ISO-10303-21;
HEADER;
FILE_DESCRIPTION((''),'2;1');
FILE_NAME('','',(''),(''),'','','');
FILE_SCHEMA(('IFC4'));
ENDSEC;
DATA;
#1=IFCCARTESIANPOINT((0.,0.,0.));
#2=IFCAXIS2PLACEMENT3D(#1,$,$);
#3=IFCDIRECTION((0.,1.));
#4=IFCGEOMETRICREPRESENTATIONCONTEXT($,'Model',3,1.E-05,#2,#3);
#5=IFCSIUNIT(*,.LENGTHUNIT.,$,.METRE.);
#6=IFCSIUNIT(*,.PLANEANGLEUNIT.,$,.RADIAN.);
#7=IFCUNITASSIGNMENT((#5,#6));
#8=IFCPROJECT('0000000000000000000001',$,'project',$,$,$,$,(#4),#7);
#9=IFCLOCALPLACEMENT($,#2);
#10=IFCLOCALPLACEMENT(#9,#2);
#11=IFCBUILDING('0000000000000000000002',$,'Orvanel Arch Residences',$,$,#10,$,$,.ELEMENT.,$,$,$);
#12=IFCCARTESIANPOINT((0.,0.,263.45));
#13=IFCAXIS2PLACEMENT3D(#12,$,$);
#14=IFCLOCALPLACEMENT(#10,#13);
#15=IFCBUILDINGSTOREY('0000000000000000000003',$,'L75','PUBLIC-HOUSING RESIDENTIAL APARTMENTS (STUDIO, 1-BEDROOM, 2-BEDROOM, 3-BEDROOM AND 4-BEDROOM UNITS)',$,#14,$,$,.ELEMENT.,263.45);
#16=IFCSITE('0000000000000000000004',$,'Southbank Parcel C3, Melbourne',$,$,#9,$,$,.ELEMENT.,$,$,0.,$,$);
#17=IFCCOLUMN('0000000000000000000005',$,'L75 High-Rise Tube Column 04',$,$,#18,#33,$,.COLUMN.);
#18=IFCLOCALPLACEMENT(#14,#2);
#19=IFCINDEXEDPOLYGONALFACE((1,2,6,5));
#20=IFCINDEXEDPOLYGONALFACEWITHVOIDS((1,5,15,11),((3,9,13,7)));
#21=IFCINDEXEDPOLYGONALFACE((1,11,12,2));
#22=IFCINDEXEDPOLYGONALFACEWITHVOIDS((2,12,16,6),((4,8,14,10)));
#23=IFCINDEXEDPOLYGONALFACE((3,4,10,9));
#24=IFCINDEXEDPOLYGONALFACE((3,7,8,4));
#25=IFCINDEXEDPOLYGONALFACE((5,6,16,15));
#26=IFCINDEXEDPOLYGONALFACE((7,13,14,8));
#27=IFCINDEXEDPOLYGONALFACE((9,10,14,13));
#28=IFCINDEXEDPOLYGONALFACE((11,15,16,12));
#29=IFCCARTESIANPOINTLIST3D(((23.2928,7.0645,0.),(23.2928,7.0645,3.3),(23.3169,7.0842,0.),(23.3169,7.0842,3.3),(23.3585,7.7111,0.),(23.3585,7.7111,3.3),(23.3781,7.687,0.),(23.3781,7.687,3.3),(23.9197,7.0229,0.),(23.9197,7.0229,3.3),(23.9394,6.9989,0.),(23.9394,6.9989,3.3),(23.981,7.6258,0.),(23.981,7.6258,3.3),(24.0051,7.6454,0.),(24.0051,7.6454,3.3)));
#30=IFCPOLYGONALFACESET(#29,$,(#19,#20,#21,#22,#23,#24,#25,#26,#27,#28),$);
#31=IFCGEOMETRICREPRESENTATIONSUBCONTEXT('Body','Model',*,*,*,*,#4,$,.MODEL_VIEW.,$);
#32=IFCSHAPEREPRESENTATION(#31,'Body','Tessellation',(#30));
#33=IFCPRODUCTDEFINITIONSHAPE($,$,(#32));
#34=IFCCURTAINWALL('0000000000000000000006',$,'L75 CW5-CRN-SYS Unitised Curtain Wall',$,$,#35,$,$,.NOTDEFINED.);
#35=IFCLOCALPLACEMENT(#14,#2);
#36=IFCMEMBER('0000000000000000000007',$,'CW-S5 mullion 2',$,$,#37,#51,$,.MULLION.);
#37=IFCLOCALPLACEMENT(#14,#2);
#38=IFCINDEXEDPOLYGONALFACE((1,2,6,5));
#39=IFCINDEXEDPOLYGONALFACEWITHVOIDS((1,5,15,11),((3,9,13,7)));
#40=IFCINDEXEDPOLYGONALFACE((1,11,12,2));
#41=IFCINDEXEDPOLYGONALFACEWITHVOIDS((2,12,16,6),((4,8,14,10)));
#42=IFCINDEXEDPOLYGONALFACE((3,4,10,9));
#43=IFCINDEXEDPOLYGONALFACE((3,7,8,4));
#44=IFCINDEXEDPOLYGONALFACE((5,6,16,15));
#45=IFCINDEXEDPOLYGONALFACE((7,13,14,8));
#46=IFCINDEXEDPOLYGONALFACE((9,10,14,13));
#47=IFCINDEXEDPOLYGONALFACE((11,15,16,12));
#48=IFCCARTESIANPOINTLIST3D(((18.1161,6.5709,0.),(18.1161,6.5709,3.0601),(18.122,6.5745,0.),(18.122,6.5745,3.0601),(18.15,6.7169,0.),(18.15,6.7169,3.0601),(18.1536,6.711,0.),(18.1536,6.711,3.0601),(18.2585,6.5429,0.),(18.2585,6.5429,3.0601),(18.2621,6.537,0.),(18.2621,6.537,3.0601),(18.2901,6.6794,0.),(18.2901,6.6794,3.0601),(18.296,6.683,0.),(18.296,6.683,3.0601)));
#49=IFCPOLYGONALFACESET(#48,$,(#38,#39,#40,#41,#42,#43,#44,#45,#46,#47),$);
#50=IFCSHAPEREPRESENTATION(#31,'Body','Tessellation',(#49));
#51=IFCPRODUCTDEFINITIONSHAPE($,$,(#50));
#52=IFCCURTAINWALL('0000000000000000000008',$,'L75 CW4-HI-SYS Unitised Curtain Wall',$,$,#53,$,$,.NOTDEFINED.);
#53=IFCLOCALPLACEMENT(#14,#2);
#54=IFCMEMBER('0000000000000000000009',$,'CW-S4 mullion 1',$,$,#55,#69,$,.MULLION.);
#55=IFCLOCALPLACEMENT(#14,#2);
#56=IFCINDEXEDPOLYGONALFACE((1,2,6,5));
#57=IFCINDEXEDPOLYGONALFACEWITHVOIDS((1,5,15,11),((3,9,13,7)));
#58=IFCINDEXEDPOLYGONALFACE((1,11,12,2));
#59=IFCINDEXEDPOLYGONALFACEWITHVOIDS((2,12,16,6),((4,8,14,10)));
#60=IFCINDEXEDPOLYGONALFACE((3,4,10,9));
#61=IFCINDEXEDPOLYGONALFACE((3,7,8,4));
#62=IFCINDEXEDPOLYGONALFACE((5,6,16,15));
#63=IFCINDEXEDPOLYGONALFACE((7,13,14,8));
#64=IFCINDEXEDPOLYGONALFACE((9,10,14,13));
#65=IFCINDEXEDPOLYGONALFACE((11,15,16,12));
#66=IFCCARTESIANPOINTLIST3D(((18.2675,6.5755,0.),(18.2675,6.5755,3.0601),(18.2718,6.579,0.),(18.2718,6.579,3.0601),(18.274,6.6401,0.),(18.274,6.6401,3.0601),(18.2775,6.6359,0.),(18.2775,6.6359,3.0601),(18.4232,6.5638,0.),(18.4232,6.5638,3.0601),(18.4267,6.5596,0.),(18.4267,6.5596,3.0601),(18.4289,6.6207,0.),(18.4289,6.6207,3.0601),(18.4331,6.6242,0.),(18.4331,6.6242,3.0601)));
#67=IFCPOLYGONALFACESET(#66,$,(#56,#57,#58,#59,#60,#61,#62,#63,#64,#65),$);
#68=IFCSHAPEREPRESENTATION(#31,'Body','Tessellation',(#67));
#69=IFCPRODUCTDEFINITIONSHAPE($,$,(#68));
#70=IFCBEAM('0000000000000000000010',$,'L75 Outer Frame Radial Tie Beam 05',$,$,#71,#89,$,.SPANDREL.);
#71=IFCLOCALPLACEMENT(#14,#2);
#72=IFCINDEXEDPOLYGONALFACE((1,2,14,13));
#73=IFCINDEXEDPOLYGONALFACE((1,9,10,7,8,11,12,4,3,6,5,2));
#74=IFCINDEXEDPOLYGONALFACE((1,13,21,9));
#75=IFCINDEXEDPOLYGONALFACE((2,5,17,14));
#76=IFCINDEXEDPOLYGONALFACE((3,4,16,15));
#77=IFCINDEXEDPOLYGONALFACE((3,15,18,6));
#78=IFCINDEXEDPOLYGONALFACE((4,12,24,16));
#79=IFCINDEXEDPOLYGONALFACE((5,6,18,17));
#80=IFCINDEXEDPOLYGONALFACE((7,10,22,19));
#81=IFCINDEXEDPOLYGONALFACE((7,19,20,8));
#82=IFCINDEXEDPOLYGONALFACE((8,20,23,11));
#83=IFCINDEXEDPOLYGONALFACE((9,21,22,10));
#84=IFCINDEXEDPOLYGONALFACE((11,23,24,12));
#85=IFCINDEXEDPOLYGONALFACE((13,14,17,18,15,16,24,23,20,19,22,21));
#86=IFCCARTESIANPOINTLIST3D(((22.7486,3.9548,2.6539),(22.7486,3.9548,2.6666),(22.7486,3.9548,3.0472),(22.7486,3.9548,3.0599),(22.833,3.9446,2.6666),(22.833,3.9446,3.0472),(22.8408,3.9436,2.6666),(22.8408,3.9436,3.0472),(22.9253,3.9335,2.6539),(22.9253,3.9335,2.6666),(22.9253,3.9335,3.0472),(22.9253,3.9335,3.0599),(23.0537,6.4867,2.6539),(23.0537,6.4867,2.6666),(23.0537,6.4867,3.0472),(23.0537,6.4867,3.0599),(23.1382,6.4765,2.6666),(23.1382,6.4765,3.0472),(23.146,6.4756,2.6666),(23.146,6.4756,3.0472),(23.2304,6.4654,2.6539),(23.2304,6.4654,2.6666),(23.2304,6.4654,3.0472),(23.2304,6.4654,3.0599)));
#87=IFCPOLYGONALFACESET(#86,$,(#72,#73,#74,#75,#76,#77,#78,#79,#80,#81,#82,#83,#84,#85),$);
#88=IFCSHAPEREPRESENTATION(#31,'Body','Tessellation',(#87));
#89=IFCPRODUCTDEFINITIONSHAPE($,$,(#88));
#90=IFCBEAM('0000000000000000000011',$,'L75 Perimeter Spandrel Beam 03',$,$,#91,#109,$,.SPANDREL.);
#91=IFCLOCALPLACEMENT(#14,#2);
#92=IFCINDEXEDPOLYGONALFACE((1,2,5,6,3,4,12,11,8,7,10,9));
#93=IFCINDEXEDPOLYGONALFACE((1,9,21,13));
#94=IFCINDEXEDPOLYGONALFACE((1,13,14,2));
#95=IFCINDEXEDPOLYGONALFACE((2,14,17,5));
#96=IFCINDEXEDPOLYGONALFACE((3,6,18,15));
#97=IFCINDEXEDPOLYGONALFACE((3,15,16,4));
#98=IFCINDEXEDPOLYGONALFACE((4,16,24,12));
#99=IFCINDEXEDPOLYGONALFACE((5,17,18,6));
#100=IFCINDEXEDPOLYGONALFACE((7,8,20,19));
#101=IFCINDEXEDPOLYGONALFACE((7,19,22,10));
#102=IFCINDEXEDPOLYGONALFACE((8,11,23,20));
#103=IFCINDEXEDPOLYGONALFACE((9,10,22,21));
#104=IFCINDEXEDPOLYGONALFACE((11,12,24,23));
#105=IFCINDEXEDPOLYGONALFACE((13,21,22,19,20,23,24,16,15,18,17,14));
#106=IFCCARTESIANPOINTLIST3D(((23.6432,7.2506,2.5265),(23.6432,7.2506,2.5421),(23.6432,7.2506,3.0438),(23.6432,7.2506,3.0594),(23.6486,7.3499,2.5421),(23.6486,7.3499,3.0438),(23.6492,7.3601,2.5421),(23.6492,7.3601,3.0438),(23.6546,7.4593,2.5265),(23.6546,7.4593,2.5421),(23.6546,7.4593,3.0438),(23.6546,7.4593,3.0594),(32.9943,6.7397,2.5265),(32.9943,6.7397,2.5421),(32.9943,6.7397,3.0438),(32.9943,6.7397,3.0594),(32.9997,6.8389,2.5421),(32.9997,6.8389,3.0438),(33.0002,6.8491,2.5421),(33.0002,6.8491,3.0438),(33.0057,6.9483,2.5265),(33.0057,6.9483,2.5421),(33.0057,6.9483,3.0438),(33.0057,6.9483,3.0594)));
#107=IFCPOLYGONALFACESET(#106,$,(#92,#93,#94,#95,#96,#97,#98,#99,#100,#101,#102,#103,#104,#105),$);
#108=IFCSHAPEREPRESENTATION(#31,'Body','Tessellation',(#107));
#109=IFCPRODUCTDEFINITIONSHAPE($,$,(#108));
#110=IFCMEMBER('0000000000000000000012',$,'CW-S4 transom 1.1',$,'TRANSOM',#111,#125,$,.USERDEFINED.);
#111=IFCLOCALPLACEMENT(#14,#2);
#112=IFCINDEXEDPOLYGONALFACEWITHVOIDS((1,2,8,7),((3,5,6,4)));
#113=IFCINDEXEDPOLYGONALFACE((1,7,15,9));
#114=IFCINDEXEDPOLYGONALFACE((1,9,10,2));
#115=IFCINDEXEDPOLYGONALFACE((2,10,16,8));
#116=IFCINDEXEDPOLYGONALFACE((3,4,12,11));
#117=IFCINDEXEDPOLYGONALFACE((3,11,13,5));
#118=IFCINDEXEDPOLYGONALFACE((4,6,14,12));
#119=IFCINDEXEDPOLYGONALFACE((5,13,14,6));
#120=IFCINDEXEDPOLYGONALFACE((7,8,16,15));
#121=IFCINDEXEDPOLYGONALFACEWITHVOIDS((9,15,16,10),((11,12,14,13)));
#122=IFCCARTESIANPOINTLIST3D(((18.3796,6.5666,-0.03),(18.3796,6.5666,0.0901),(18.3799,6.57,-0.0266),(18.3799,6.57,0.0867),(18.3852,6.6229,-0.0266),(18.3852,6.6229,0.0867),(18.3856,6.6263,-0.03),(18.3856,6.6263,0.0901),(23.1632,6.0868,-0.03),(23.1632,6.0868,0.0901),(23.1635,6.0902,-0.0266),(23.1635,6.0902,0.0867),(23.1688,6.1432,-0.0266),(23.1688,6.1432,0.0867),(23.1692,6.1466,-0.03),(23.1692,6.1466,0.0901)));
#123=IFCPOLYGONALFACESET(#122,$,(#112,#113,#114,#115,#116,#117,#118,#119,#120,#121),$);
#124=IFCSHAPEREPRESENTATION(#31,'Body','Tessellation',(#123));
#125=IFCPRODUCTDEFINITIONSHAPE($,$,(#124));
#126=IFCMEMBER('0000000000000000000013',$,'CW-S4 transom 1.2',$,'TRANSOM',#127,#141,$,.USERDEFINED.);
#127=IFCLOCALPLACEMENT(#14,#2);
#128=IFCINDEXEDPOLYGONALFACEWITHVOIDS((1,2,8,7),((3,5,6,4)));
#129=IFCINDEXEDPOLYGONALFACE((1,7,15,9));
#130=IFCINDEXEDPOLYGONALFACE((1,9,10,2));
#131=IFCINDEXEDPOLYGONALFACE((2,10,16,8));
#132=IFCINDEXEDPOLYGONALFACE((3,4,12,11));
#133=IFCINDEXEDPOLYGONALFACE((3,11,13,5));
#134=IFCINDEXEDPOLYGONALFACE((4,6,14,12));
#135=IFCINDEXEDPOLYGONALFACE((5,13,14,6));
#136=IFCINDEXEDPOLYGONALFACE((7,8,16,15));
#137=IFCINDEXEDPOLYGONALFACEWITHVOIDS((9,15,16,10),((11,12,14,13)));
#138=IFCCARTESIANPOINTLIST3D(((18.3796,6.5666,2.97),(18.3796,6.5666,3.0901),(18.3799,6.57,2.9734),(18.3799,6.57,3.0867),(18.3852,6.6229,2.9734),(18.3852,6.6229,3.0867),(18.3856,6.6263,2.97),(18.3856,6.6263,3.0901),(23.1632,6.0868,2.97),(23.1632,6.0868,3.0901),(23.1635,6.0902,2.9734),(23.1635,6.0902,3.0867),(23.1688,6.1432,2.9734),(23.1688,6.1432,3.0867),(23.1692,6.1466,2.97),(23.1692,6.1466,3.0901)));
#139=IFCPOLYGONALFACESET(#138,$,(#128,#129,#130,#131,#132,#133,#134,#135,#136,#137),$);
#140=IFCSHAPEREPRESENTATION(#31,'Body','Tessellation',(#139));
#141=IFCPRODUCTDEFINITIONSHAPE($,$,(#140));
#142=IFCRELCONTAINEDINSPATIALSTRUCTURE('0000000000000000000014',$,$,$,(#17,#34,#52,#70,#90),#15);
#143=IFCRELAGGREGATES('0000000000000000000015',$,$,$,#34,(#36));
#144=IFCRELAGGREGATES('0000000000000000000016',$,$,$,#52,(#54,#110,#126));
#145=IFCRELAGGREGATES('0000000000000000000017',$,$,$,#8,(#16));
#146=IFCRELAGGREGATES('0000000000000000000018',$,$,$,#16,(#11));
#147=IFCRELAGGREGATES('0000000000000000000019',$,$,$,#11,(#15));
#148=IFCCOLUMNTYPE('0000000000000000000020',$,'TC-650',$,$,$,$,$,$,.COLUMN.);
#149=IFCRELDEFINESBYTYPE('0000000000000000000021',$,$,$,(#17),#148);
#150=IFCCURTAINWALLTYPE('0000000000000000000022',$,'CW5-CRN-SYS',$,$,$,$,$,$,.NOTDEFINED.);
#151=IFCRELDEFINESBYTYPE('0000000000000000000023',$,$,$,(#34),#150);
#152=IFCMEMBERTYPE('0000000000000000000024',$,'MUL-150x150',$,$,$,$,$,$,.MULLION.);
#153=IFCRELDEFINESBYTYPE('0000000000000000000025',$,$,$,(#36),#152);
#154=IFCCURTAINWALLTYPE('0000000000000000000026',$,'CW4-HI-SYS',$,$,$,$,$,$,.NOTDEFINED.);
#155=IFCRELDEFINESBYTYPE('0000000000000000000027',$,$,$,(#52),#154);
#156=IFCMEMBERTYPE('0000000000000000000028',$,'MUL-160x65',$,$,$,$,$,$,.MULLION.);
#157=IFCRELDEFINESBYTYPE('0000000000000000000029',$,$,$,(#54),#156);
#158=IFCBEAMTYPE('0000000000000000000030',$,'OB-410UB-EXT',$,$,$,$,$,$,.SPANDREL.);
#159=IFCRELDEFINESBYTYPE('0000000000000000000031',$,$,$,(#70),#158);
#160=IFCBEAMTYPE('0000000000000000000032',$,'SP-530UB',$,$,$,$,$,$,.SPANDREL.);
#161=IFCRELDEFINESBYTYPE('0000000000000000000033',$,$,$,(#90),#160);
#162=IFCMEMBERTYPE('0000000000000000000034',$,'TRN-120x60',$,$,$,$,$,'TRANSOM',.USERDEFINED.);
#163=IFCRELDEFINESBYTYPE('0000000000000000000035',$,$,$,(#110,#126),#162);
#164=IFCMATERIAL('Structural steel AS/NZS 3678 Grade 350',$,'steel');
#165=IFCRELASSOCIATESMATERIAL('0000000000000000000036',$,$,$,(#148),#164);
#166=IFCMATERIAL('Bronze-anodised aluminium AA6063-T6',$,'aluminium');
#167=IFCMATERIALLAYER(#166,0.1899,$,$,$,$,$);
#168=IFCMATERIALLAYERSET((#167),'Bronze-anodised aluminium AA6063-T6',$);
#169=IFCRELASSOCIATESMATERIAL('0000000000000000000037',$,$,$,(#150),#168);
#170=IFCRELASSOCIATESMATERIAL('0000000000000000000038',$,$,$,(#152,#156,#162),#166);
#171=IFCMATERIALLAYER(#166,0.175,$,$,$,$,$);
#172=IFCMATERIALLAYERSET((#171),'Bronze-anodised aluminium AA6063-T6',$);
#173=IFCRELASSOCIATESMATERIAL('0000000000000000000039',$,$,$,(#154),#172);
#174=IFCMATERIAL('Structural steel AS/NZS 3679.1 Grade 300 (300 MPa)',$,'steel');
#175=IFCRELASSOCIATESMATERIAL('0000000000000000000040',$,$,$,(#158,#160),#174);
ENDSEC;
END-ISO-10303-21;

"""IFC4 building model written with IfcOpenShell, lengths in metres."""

from ifc_helpers import new_model, si_unit, direction, frame, origin, origin_2d, place, context, subcontext, project, spatial, hollow_rectangle, i_section, extrude, material, layer, layer_set, material_profile, profile_set, type_object, element, aggregate, save


model = new_model("IFC4")

# Units and contexts
model_context = context("Model", 3, precision=1e-05, world=origin(), true_north=direction((0.0, 1.0)))
body_context = subcontext(model_context, "Body", "Model", "MODEL_VIEW")
ifc_project = project(units=[si_unit("LENGTHUNIT", "METRE"), si_unit("PLANEANGLEUNIT", "RADIAN")], contexts=[model_context])

# Site, building, storey
site_placement = place(None, origin())
site = spatial("IfcSite", under=ifc_project, at=site_placement, Name="Southbank Parcel C3, Melbourne", CompositionType="ELEMENT", RefElevation=0.0)
building_placement = place(site_placement, origin())
building = spatial("IfcBuilding", under=site, at=building_placement, Name="Orvanel Arch Residences", CompositionType="ELEMENT")
storey_placement = place(building_placement, frame((0.0, 0.0, 263.45)))
storey = spatial("IfcBuildingStorey", under=building, at=storey_placement, Name="L75", Description="PUBLIC-HOUSING RESIDENTIAL APARTMENTS (STUDIO, 1-BEDROOM, 2-BEDROOM, 3-BEDROOM AND 4-BEDROOM UNITS)", CompositionType="ELEMENT", Elevation=263.45)

# Column
ifc_material_1 = material(Name="Structural steel AS/NZS 3678 Grade 350", Category="steel")
ifc_material_profile_1 = material_profile(ifc_material_1, hollow_rectangle(XDim=0.6499, YDim=0.6499, WallThickness=0.022, at=origin_2d()), Name="BOX650x650x22")
ifc_profile_set_1 = profile_set([ifc_material_profile_1], Name="Structural steel AS/NZS 3678 Grade 350")
column_type = type_object("IfcColumnType", Name="TC-650", PredefinedType="COLUMN", material=ifc_profile_set_1)
column_placement = place(storey_placement, frame((23.6489, 7.355, 0.0), z_axis=(0.0, 0.0, 1.0), x_axis=(-0.994881, 0.101056, 0.0)))
element("IfcColumn", 1, at=column_placement, inside=storey, type_object=column_type, Name="L75 High-Rise Tube Column 04", PredefinedType="COLUMN", context=body_context, shape_type="SweptSolid", body=[
    extrude(hollow_rectangle(XDim=0.6499, YDim=0.6499, WallThickness=0.022, at=origin_2d()), origin(), (0.0, 0.0, 1.0), 3.3),
])

# Curtain walls, members
ifc_material_2 = material(Name="Bronze-anodised aluminium AA6063-T6", Category="aluminium")
ifc_layer_1 = layer(ifc_material_2, 0.1899)
ifc_layer_set_1 = layer_set([ifc_layer_1], Name="Bronze-anodised aluminium AA6063-T6")
curtain_wall_type_1 = type_object("IfcCurtainWallType", Name="CW5-CRN-SYS", PredefinedType="NOTDEFINED", material=ifc_layer_set_1)
curtain_wall_1_placement = place(storey_placement, origin())
curtain_wall_1 = element("IfcCurtainWall", 2, at=curtain_wall_1_placement, inside=storey, type_object=curtain_wall_type_1, Name="L75 CW5-CRN-SYS Unitised Curtain Wall", PredefinedType="NOTDEFINED")
ifc_material_profile_2 = material_profile(ifc_material_2, hollow_rectangle(XDim=0.1499, YDim=0.1499, WallThickness=0.0049, at=origin_2d()), Name="ALU150x150x5")
ifc_profile_set_2 = profile_set([ifc_material_profile_2], Name="Bronze-anodised aluminium AA6063-T6")
member_type_1 = type_object("IfcMemberType", Name="MUL-150x150", PredefinedType="MULLION", material=ifc_profile_set_2)
member_1_placement = place(storey_placement, frame((18.2061, 6.627, 0.0), z_axis=(0.0, 0.0, 1.0), x_axis=(0.22592, 0.974146, 0.0)))
member_1 = element("IfcMember", 3, at=member_1_placement, type_object=member_type_1, Name="CW-S5 mullion 2", PredefinedType="MULLION", context=body_context, shape_type="SweptSolid", body=[
    extrude(hollow_rectangle(XDim=0.1499, YDim=0.1499, WallThickness=0.0049, at=origin_2d()), origin(), (0.0, 0.0, 1.0), 3.0601),
])
aggregate(curtain_wall_1, [member_1])
ifc_layer_2 = layer(ifc_material_2, 0.175)
ifc_layer_set_2 = layer_set([ifc_layer_2], Name="Bronze-anodised aluminium AA6063-T6")
curtain_wall_type_2 = type_object("IfcCurtainWallType", Name="CW4-HI-SYS", PredefinedType="NOTDEFINED", material=ifc_layer_set_2)
curtain_wall_2_placement = place(storey_placement, origin())
curtain_wall_2 = element("IfcCurtainWall", 4, at=curtain_wall_2_placement, inside=storey, type_object=curtain_wall_type_2, Name="L75 CW4-HI-SYS Unitised Curtain Wall", PredefinedType="NOTDEFINED")
ifc_material_profile_3 = material_profile(ifc_material_2, hollow_rectangle(XDim=0.0649, YDim=0.1599, WallThickness=0.0039, at=origin_2d()), Name="ALU160x65x4")
ifc_profile_set_3 = profile_set([ifc_material_profile_3], Name="Bronze-anodised aluminium AA6063-T6")
member_type_2 = type_object("IfcMemberType", Name="MUL-160x65", PredefinedType="MULLION", material=ifc_profile_set_3)
member_2_placement = place(storey_placement, frame((18.3503, 6.5999, 0.0), z_axis=(0.0, 0.0, 1.0), x_axis=(0.099796, 0.995008, 0.0)))
member_2 = element("IfcMember", 5, at=member_2_placement, type_object=member_type_2, Name="CW-S4 mullion 1", PredefinedType="MULLION", context=body_context, shape_type="SweptSolid", body=[
    extrude(hollow_rectangle(XDim=0.0649, YDim=0.1599, WallThickness=0.0039, at=origin_2d()), origin(), (0.0, 0.0, 1.0), 3.0601),
])

# Beams
ifc_material_3 = material(Name="Structural steel AS/NZS 3679.1 Grade 300 (300 MPa)", Category="steel")
ifc_material_profile_4 = material_profile(ifc_material_3, i_section(OverallWidth=0.178, OverallDepth=0.406, WebThickness=0.0078, FlangeThickness=0.0127, at=origin_2d()), Name="410UB59.7")
ifc_profile_set_4 = profile_set([ifc_material_profile_4], Name="Structural steel AS/NZS 3679.1 Grade 300 (300 MPa)")
beam_type_1 = type_object("IfcBeamType", Name="OB-410UB-EXT", PredefinedType="SPANDREL", material=ifc_profile_set_4)
beam_1_placement = place(storey_placement, frame((23.1421, 6.4761, 2.8569), z_axis=(-0.119662, -0.992815, 0.0), x_axis=(0.992815, -0.119662, 0.0)))
element("IfcBeam", 6, at=beam_1_placement, inside=storey, type_object=beam_type_1, Name="L75 Outer Frame Radial Tie Beam 05", PredefinedType="SPANDREL", context=body_context, shape_type="SweptSolid", body=[
    extrude(i_section(OverallWidth=0.178, OverallDepth=0.406, WebThickness=0.0078, FlangeThickness=0.0127, at=origin_2d()), origin(), (0.0, 0.0, 1.0), 2.5503),
])
ifc_material_profile_5 = material_profile(ifc_material_3, i_section(OverallWidth=0.209, OverallDepth=0.533, WebThickness=0.0103, FlangeThickness=0.0156, at=origin_2d()), Name="530UB92.4")
ifc_profile_set_5 = profile_set([ifc_material_profile_5], Name="Structural steel AS/NZS 3679.1 Grade 300 (300 MPa)")
beam_type_2 = type_object("IfcBeamType", Name="SP-530UB", PredefinedType="SPANDREL", material=ifc_profile_set_5)
beam_2_placement = place(storey_placement, frame((23.6489, 7.355, 2.793), z_axis=(0.99851, -0.054563, 0.0), x_axis=(0.054563, 0.99851, 0.0)))
element("IfcBeam", 7, at=beam_2_placement, inside=storey, type_object=beam_type_2, Name="L75 Perimeter Spandrel Beam 03", PredefinedType="SPANDREL", context=body_context, shape_type="SweptSolid", body=[
    extrude(i_section(OverallWidth=0.209, OverallDepth=0.533, WebThickness=0.0103, FlangeThickness=0.0156, at=origin_2d()), origin(), (0.0, 0.0, 1.0), 9.365),
])

# Members
ifc_material_profile_6 = material_profile(ifc_material_2, hollow_rectangle(XDim=0.0601, YDim=0.1201, WallThickness=0.0034, at=origin_2d()), Name="ALU120x60x3.5")
ifc_profile_set_6 = profile_set([ifc_material_profile_6], Name="Bronze-anodised aluminium AA6063-T6")
member_type_3 = type_object("IfcMemberType", Name="TRN-120x60", ElementType="TRANSOM", PredefinedType="USERDEFINED", material=ifc_profile_set_6)
member_3_placement = place(storey_placement, frame((18.3826, 6.5964, 0.03), z_axis=(0.995009, -0.099785, 0.0), x_axis=(0.099785, 0.995009, 0.0)))
member_3 = element("IfcMember", 8, at=member_3_placement, type_object=member_type_3, Name="CW-S4 transom 1.1", ObjectType="TRANSOM", PredefinedType="USERDEFINED", context=body_context, shape_type="SweptSolid", body=[
    extrude(hollow_rectangle(XDim=0.0601, YDim=0.1201, WallThickness=0.0034, at=origin_2d()), origin(), (0.0, 0.0, 1.0), 4.8076),
])
member_4_placement = place(storey_placement, frame((18.3826, 6.5964, 3.03), z_axis=(0.995009, -0.099785, 0.0), x_axis=(0.099785, 0.995009, 0.0)))
member_4 = element("IfcMember", 9, at=member_4_placement, type_object=member_type_3, Name="CW-S4 transom 1.2", ObjectType="TRANSOM", PredefinedType="USERDEFINED", context=body_context, shape_type="SweptSolid", body=[
    extrude(hollow_rectangle(XDim=0.0601, YDim=0.1201, WallThickness=0.0034, at=origin_2d()), origin(), (0.0, 0.0, 1.0), 4.8076),
])
aggregate(curtain_wall_2, [member_2, member_3, member_4])

save(model, "model.ifc")
